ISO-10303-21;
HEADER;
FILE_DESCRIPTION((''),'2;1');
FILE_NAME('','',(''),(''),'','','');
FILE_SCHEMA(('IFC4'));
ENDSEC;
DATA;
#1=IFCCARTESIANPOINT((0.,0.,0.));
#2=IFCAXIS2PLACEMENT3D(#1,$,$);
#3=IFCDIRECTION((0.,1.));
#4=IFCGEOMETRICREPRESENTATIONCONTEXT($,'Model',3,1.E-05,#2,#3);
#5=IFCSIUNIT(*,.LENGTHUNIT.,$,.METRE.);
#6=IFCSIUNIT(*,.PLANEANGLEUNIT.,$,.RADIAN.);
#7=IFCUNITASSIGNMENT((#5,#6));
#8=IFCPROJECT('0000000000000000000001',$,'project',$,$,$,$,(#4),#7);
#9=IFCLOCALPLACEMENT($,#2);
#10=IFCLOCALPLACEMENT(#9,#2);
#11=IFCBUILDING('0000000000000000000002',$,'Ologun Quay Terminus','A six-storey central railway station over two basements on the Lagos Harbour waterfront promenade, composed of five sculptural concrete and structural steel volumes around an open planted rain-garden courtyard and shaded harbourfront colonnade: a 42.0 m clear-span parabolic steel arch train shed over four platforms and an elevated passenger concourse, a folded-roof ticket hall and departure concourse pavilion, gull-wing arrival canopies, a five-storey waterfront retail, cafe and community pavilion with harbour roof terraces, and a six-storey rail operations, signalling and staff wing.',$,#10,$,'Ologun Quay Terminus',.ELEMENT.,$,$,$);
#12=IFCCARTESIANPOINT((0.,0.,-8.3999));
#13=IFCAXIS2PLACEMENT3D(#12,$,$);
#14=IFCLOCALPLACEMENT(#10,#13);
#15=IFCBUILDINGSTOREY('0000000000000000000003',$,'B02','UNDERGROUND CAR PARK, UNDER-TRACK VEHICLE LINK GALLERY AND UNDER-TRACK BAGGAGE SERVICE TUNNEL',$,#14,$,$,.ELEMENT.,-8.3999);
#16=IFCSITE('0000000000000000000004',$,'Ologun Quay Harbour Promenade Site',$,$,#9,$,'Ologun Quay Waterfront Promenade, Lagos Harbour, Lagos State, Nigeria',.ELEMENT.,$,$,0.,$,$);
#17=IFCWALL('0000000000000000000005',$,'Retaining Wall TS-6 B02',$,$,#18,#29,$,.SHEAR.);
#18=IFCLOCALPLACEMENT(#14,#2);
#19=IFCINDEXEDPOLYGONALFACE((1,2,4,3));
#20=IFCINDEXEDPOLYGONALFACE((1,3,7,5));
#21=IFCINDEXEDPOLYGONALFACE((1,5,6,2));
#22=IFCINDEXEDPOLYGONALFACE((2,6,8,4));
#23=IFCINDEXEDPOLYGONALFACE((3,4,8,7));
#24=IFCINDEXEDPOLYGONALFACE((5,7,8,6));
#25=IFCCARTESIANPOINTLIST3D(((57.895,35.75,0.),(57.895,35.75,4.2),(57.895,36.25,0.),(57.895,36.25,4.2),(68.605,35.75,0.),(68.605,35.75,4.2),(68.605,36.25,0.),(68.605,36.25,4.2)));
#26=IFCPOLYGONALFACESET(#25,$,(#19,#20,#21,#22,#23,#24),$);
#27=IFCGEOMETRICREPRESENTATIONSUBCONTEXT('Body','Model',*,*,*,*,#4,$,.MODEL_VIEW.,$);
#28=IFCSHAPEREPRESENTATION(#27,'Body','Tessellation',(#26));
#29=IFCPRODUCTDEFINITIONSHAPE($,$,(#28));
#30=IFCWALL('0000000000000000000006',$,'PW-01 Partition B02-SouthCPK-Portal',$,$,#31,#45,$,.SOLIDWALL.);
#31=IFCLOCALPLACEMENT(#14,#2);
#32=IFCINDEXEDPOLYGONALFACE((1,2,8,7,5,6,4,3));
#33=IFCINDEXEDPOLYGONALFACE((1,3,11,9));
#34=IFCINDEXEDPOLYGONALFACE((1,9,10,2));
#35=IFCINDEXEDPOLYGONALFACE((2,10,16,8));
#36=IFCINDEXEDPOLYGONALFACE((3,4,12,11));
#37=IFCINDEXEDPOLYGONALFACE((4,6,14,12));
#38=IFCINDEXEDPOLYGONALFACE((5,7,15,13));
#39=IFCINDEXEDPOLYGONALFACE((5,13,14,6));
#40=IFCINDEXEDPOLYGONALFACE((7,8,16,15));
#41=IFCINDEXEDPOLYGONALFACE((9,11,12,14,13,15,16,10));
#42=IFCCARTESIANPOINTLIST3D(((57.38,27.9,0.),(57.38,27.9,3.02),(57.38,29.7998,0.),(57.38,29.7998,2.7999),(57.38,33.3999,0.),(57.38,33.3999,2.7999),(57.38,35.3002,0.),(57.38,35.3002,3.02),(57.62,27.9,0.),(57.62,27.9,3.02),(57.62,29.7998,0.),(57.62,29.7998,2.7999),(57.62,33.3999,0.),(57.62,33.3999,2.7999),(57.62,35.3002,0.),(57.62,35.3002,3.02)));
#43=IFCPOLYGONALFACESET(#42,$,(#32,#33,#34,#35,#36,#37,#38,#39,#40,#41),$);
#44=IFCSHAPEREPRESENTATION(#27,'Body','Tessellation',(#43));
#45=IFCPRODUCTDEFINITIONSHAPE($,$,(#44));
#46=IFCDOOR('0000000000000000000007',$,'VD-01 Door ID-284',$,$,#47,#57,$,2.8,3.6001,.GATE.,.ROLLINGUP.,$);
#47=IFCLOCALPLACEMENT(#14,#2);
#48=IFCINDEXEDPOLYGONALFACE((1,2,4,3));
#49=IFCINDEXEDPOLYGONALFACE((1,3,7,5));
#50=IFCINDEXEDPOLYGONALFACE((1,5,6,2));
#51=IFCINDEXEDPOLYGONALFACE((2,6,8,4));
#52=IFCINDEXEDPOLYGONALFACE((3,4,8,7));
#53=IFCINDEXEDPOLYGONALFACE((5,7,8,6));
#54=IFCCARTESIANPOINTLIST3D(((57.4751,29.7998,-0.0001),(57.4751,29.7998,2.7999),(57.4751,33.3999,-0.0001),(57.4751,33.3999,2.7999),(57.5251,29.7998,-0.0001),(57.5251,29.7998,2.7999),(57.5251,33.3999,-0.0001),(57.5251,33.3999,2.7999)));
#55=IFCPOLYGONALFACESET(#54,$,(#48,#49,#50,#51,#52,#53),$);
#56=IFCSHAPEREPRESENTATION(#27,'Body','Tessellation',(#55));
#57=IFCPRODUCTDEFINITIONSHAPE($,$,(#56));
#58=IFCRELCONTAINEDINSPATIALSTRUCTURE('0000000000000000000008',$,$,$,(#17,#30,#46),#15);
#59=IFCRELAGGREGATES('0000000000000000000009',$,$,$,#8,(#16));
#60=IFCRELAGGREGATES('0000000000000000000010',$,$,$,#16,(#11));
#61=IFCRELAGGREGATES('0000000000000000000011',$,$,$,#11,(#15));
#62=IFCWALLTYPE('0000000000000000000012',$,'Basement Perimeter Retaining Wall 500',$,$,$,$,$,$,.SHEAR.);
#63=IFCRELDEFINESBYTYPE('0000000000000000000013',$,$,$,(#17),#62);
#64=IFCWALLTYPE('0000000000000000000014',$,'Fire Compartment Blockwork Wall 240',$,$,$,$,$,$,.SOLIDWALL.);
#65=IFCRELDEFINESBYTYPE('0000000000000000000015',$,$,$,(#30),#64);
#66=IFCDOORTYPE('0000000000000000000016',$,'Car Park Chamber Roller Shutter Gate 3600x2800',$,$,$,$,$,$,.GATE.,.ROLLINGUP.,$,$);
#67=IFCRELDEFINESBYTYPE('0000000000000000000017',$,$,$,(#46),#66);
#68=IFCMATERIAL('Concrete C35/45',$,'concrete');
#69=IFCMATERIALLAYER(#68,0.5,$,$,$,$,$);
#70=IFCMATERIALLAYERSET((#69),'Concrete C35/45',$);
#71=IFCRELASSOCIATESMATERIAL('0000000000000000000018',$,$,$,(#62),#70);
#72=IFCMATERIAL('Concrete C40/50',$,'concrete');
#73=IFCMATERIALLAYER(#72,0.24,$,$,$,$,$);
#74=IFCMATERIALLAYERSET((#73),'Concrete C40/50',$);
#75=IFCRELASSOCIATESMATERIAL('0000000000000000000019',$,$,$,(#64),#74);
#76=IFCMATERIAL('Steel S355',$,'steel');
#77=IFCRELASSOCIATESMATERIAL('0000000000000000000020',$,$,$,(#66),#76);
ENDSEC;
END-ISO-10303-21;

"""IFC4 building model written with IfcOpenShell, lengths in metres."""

from ifc_helpers import new_model, si_unit, direction, frame, frame_2d, origin, place, context, subcontext, project, spatial, rectangle, extrude, material, layer, layer_set, type_object, element, fill, save


model = new_model("IFC4")

# Units and contexts
model_context = context("Model", 3, precision=1e-05, world=origin(), true_north=direction((0.0, 1.0)))
body_context = subcontext(model_context, "Body", "Model", "MODEL_VIEW")
ifc_project = project(units=[si_unit("LENGTHUNIT", "METRE"), si_unit("PLANEANGLEUNIT", "RADIAN")], contexts=[model_context])

# Site, building, storey
site_placement = place(None, origin())
site = spatial("IfcSite", under=ifc_project, at=site_placement, Name="Ologun Quay Harbour Promenade Site", LongName="Ologun Quay Waterfront Promenade, Lagos Harbour, Lagos State, Nigeria", CompositionType="ELEMENT", RefElevation=0.0)
building_placement = place(site_placement, origin())
building = spatial("IfcBuilding", under=site, at=building_placement, Name="Ologun Quay Terminus", Description="A six-storey central railway station over two basements on the Lagos Harbour waterfront promenade, composed of five sculptural concrete and structural steel volumes around an open planted rain-garden courtyard and shaded harbourfront colonnade: a 42.0 m clear-span parabolic steel arch train shed over four platforms and an elevated passenger concourse, a folded-roof ticket hall and departure concourse pavilion, gull-wing arrival canopies, a five-storey waterfront retail, cafe and community pavilion with harbour roof terraces, and a six-storey rail operations, signalling and staff wing.", LongName="Ologun Quay Terminus", CompositionType="ELEMENT")
storey_placement = place(building_placement, frame((0.0, 0.0, -8.3999)))
storey = spatial("IfcBuildingStorey", under=building, at=storey_placement, Name="B02", Description="UNDERGROUND CAR PARK, UNDER-TRACK VEHICLE LINK GALLERY AND UNDER-TRACK BAGGAGE SERVICE TUNNEL", CompositionType="ELEMENT", Elevation=-8.3999)

# Wall
ifc_material_1 = material(Name="Concrete C35/45", Category="concrete")
ifc_layer_1 = layer(ifc_material_1, 0.5)
ifc_layer_set_1 = layer_set([ifc_layer_1], Name="Concrete C35/45")
wall_type_1 = type_object("IfcWallType", Name="Basement Perimeter Retaining Wall 500", PredefinedType="SHEAR", material=ifc_layer_set_1)
for number, where, z_axis, x_axis, name in (
    (1, (57.895, 36.0, 0.0), (0.0, 0.0, 1.0), (1.0, 0.0, 0.0), "Retaining Wall TS-6 B02"),
):
    element("IfcWall", number, at=place(storey_placement, frame(where, z_axis=z_axis, x_axis=x_axis)), inside=storey, type_object=wall_type_1, Name=name, PredefinedType="SHEAR", context=body_context, shape_type="SweptSolid", body=[
        extrude(rectangle(XDim=10.71, YDim=0.5, at=frame_2d((5.355, 0.0))), origin(), (0.0, 0.0, 1.0), 4.2),
    ])

# Wall, opening, door
ifc_material_2 = material(Name="Concrete C40/50", Category="concrete")
ifc_layer_2 = layer(ifc_material_2, 0.24)
ifc_layer_set_2 = layer_set([ifc_layer_2], Name="Concrete C40/50")
wall_type_2 = type_object("IfcWallType", Name="Fire Compartment Blockwork Wall 240", PredefinedType="SOLIDWALL", material=ifc_layer_set_2)
wall_1_placement = place(storey_placement, frame((57.5, 27.8999, 0.0), z_axis=(0.0, 0.0, 1.0), x_axis=(0.0, 1.0, 0.0)))
wall_1 = element("IfcWall", 2, at=wall_1_placement, inside=storey, type_object=wall_type_2, Name="PW-01 Partition B02-SouthCPK-Portal", PredefinedType="SOLIDWALL", context=body_context, shape_type="SweptSolid", body=[
    extrude(rectangle(XDim=7.4001, YDim=0.24, at=frame_2d((3.7002, 0.0))), origin(), (0.0, 0.0, 1.0), 3.02),
])
opening_placement = place(wall_1_placement, frame((1.8999, 0.0, 0.0)))
opening = element("IfcOpeningElement", 3, at=opening_placement, cuts=wall_1, PredefinedType="OPENING", context=body_context, shape_type="SweptSolid", body=[
    extrude(rectangle(XDim=3.6001, YDim=2.8, at=frame_2d((1.8, 1.3999))), frame((0.0, 0.1299, 0.0), z_axis=(0.0, -1.0, 0.0), x_axis=(1.0, 0.0, 0.0)), (0.0, 0.0, 1.0), 0.26),
])
ifc_material_3 = material(Name="Steel S355", Category="steel")
door_type = type_object("IfcDoorType", Name="Car Park Chamber Roller Shutter Gate 3600x2800", OperationType="ROLLINGUP", PredefinedType="GATE", material=ifc_material_3)
door_placement = place(opening_placement, origin())
door = element("IfcDoor", 4, at=door_placement, inside=storey, type_object=door_type, Name="VD-01 Door ID-284", OperationType="ROLLINGUP", OverallHeight=2.8, OverallWidth=3.6001, PredefinedType="GATE", context=body_context, shape_type="SweptSolid", body=[
    extrude(rectangle(XDim=3.6001, YDim=2.8, at=frame_2d((1.8, 1.3999))), frame((0.0, 0.0249, 0.0), z_axis=(0.0, -1.0, 0.0), x_axis=(1.0, 0.0, 0.0)), (0.0, 0.0, 1.0), 0.05),
])
fill(opening, door)

save(model, "model.ifc")
